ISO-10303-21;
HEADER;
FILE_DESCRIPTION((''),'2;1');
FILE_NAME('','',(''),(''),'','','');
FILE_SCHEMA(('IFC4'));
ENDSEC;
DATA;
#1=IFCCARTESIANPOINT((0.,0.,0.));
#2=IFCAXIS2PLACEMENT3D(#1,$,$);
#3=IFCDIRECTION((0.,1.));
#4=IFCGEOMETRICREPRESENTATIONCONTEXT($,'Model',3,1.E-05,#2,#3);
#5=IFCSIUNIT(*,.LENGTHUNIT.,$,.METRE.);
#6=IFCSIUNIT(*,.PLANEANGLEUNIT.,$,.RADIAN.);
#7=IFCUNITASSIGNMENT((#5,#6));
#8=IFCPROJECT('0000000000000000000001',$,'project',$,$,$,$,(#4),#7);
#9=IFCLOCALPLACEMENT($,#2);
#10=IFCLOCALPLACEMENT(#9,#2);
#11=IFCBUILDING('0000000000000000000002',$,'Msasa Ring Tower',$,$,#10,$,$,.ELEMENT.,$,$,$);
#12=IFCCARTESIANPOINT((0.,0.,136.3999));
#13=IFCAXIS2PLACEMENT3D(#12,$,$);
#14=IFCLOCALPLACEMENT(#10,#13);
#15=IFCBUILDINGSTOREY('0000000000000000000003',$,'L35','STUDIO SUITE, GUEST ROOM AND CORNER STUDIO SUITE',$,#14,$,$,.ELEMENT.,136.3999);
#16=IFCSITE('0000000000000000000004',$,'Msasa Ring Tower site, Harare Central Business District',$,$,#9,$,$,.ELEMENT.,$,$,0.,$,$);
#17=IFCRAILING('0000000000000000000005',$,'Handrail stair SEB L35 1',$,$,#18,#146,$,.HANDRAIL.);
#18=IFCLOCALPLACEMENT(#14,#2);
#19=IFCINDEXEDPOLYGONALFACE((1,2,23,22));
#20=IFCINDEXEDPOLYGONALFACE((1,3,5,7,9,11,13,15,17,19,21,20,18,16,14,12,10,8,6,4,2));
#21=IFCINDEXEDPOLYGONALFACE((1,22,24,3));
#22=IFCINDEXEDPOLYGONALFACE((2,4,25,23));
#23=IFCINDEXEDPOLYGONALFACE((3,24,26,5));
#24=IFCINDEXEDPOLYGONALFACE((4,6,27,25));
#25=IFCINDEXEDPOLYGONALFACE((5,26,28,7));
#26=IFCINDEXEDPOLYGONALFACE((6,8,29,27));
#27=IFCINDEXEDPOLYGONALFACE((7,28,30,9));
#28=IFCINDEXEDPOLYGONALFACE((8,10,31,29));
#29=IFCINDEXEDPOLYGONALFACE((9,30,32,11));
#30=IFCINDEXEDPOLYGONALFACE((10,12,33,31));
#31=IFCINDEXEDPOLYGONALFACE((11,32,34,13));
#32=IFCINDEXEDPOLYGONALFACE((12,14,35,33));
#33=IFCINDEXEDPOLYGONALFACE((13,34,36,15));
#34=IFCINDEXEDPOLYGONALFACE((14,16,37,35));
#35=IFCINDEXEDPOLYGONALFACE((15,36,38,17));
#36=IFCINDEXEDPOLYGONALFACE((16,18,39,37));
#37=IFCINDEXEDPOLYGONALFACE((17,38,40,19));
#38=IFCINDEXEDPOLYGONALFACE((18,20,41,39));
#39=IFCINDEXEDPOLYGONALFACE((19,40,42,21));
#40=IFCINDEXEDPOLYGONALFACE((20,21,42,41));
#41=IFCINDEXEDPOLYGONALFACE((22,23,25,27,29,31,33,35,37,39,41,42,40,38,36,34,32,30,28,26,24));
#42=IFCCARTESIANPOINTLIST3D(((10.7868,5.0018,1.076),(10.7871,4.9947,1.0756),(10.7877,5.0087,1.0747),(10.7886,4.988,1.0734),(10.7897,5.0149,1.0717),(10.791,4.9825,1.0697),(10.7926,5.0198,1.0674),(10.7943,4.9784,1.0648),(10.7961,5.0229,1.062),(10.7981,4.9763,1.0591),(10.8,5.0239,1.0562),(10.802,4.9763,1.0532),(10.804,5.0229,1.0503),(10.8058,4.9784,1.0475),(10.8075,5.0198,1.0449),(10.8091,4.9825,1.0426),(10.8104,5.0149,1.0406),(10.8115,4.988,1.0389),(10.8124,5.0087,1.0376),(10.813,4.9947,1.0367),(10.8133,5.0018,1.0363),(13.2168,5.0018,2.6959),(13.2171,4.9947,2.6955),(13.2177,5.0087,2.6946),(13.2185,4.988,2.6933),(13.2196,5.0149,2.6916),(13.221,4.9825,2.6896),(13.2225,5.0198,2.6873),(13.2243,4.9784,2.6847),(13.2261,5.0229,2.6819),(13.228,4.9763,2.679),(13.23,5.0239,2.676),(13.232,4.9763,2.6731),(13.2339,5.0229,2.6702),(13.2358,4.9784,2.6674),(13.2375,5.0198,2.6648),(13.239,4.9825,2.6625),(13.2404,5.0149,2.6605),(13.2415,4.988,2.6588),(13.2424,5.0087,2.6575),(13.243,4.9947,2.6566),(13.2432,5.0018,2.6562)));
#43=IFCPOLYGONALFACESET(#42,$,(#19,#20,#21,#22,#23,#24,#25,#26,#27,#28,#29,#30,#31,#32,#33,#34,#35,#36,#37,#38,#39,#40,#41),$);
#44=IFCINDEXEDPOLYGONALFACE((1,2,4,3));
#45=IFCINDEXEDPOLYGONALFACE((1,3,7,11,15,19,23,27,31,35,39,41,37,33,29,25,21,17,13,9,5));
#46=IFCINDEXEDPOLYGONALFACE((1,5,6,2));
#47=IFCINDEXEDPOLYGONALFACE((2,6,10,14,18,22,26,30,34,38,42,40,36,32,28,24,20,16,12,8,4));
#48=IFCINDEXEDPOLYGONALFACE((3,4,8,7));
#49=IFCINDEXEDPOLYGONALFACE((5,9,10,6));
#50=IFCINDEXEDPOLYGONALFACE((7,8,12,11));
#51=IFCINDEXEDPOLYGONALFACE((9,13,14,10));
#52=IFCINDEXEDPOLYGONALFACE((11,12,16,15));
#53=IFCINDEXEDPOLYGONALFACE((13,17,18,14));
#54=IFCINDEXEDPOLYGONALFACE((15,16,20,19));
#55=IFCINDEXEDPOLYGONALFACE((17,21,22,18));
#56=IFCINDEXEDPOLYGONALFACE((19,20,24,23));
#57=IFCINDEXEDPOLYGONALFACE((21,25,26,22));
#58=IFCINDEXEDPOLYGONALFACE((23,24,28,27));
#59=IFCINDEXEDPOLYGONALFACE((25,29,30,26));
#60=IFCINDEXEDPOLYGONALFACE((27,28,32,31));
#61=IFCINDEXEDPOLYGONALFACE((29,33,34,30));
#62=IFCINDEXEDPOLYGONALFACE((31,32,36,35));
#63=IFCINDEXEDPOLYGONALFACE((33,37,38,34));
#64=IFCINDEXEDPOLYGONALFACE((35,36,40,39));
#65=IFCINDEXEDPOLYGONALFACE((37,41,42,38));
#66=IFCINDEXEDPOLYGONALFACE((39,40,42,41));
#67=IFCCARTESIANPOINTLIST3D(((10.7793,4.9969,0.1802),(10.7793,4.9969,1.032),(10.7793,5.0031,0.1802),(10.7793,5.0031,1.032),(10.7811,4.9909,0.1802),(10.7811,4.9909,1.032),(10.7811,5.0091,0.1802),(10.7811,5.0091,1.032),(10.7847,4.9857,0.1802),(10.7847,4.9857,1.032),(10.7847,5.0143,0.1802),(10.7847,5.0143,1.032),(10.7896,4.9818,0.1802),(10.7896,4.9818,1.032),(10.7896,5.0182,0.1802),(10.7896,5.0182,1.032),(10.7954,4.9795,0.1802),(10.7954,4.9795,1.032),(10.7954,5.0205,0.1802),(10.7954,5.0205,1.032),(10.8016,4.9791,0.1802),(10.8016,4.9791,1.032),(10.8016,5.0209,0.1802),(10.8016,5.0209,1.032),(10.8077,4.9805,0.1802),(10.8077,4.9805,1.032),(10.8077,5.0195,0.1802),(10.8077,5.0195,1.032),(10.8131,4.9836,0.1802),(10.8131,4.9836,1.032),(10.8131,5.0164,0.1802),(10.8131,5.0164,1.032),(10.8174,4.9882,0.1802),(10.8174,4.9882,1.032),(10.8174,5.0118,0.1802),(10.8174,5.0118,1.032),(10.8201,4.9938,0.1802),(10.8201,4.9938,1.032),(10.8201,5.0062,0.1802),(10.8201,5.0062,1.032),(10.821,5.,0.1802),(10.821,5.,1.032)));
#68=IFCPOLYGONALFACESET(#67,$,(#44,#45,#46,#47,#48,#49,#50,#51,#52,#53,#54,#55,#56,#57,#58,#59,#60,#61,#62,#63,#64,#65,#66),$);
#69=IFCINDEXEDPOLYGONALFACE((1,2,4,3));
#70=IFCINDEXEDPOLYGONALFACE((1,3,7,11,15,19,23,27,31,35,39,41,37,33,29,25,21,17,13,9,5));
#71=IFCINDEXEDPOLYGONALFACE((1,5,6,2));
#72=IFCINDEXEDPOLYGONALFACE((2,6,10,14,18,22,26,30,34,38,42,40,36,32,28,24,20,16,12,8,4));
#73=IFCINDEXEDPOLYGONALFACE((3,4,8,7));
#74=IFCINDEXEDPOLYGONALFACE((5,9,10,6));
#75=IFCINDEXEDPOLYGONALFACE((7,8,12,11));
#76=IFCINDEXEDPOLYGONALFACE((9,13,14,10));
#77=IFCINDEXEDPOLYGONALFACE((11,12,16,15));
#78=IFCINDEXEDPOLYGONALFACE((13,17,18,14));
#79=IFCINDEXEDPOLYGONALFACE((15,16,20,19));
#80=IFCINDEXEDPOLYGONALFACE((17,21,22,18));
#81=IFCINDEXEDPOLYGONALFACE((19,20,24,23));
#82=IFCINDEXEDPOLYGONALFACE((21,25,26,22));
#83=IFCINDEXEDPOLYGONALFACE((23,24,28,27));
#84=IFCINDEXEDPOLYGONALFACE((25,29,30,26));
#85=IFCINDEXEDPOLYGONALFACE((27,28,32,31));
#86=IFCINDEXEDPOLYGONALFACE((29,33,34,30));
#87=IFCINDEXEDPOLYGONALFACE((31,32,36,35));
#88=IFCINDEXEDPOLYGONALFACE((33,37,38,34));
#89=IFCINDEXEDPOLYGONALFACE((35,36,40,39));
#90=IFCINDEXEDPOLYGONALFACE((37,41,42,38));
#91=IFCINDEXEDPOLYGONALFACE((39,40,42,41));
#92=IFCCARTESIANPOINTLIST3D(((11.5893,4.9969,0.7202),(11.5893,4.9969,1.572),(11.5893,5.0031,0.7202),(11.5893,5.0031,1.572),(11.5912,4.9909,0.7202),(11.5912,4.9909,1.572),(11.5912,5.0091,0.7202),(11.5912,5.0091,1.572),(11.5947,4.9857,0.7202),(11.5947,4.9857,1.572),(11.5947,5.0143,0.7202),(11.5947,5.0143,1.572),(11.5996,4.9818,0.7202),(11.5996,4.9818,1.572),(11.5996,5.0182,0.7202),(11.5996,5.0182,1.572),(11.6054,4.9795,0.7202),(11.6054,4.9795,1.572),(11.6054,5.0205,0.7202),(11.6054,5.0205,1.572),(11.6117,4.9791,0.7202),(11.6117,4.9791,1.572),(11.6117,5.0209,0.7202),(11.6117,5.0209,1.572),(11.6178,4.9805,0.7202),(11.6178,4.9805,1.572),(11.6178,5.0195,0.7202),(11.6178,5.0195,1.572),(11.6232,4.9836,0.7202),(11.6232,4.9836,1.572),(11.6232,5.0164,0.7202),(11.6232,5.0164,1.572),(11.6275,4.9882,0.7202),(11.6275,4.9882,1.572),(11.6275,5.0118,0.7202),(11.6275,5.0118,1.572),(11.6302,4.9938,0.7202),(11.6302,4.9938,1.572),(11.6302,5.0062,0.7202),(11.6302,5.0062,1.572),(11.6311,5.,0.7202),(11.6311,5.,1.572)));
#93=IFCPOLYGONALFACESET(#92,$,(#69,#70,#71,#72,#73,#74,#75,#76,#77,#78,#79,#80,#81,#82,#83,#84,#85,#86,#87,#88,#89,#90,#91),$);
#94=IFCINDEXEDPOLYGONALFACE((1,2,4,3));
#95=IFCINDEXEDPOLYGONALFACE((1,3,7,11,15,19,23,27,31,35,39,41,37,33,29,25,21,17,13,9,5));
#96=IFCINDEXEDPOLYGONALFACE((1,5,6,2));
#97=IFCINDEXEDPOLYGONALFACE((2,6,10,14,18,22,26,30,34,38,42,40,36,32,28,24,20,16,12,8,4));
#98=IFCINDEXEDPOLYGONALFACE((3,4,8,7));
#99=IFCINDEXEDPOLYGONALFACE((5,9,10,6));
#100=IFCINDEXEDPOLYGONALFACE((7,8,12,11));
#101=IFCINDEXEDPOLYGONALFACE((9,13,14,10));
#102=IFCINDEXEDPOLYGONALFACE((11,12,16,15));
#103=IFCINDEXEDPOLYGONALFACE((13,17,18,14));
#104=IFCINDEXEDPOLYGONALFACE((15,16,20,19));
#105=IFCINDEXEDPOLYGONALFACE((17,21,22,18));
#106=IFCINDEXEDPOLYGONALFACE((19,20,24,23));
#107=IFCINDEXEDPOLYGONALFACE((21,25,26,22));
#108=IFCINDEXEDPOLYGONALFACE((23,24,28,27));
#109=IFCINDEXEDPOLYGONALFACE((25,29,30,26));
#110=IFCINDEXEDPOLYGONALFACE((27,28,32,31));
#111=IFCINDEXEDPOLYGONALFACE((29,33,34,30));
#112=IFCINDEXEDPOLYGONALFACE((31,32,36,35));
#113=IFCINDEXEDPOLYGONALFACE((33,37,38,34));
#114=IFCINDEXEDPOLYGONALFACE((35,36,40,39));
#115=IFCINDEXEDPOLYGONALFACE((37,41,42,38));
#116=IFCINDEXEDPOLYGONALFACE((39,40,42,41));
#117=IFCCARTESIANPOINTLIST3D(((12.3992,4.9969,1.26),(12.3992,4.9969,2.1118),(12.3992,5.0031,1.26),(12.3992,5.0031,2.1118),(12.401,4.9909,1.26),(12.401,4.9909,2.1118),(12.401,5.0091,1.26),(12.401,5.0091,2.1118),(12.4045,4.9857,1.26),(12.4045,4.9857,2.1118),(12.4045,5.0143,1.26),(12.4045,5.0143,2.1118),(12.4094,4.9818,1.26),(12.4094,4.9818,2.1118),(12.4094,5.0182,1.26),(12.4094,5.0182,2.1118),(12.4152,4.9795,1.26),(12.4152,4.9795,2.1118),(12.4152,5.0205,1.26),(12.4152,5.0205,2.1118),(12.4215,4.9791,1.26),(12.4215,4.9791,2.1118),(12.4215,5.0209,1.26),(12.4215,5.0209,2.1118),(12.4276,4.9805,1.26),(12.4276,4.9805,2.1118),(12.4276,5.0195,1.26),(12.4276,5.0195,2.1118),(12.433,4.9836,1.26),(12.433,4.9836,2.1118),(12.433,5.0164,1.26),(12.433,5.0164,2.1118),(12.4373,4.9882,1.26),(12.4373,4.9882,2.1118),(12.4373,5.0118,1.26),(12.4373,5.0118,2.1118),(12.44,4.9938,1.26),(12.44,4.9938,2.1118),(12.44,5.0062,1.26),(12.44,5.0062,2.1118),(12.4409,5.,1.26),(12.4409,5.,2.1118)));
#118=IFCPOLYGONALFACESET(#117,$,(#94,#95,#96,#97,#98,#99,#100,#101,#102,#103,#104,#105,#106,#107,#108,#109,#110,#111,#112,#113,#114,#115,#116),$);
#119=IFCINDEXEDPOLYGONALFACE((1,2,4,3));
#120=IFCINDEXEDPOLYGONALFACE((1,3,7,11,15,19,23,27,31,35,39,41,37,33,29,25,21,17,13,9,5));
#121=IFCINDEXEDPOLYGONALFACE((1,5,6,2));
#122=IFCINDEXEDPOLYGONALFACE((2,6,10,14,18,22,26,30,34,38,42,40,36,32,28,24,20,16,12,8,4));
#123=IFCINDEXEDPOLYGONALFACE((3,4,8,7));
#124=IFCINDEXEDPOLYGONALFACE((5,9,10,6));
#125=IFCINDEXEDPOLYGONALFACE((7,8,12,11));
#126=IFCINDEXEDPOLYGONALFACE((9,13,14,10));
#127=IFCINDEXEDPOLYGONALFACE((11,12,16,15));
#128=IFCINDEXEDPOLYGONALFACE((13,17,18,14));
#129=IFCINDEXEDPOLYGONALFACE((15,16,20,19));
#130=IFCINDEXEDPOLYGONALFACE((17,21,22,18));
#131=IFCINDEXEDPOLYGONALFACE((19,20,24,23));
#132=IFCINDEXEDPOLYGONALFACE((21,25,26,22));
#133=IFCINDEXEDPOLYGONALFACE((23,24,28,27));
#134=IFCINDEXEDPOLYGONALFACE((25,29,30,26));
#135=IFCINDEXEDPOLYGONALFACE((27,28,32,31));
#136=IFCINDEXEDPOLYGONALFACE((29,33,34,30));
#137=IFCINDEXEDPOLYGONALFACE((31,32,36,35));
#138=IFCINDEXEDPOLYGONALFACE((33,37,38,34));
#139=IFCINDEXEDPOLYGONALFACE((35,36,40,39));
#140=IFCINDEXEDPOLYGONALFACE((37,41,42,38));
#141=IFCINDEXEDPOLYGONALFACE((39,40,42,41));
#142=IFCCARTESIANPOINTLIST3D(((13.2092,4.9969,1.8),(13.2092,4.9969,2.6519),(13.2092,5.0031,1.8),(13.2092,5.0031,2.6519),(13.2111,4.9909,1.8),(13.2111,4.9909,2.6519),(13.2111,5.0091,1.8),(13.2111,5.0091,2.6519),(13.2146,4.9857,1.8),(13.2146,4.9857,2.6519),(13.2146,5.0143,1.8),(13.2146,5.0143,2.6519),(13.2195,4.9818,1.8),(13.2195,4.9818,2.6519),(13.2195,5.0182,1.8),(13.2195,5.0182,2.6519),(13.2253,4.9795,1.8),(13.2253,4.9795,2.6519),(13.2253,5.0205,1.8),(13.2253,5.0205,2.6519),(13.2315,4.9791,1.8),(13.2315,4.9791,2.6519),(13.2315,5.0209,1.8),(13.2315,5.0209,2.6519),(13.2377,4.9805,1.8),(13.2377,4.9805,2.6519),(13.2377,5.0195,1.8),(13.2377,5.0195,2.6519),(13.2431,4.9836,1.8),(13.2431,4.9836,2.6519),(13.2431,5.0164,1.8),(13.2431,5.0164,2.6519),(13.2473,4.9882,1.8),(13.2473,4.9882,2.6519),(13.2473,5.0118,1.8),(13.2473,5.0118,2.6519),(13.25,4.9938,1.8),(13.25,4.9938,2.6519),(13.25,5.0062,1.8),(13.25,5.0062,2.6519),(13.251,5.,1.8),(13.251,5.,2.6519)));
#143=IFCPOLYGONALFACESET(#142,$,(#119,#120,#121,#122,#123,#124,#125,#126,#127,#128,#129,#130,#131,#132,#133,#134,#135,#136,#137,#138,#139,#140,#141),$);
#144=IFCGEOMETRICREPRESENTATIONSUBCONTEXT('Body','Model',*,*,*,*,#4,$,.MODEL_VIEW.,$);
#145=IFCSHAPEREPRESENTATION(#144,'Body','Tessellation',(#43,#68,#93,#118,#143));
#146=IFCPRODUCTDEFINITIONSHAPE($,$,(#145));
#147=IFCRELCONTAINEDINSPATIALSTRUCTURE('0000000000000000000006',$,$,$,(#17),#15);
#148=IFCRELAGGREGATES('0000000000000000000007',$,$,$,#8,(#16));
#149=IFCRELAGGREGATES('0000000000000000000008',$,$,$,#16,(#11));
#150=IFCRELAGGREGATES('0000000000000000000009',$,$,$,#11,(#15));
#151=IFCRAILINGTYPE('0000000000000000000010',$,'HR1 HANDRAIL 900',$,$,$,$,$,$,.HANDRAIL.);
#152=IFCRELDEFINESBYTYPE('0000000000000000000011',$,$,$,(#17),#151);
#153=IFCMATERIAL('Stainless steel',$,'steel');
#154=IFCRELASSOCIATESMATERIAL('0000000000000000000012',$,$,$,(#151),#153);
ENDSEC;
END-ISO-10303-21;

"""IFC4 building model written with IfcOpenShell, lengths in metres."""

from ifc_helpers import new_model, si_unit, direction, frame, origin, origin_2d, place, context, subcontext, project, spatial, circle, extrude, material, type_object, element, save


model = new_model("IFC4")

# Units and contexts
model_context = context("Model", 3, precision=1e-05, world=origin(), true_north=direction((0.0, 1.0)))
body_context = subcontext(model_context, "Body", "Model", "MODEL_VIEW")
ifc_project = project(units=[si_unit("LENGTHUNIT", "METRE"), si_unit("PLANEANGLEUNIT", "RADIAN")], contexts=[model_context])

# Site, building, storey
site_placement = place(None, origin())
site = spatial("IfcSite", under=ifc_project, at=site_placement, Name="Msasa Ring Tower site, Harare Central Business District", CompositionType="ELEMENT", RefElevation=0.0)
building_placement = place(site_placement, origin())
building = spatial("IfcBuilding", under=site, at=building_placement, Name="Msasa Ring Tower", CompositionType="ELEMENT")
storey_placement = place(building_placement, frame((0.0, 0.0, 136.3999)))
storey = spatial("IfcBuildingStorey", under=building, at=storey_placement, Name="L35", Description="STUDIO SUITE, GUEST ROOM AND CORNER STUDIO SUITE", CompositionType="ELEMENT", Elevation=136.3999)

# Railing
ifc_material_1 = material(Name="Stainless steel", Category="steel")
railing_type = type_object("IfcRailingType", Name="HR1 HANDRAIL 900", PredefinedType="HANDRAIL", material=ifc_material_1)
for number, where, name in (
    (1, (10.8, 5.0, 0.1802), "Handrail stair SEB L35 1"),
):
    element("IfcRailing", number, at=place(storey_placement, frame(where)), inside=storey, type_object=railing_type, Name=name, PredefinedType="HANDRAIL", context=body_context, shape_type="SweptSolid", body=[
        extrude(circle(Radius=0.0239, at=origin_2d()), frame((0.0, 0.0, 0.876), z_axis=(0.832063, 0.0, 0.554681), x_axis=(0.0, 1.0, 0.0)), (0.0, 0.0, 1.0), 2.9204),
        extrude(circle(Radius=0.021, at=origin_2d()), origin(), (0.0, 0.0, 1.0), 0.8518),
        extrude(circle(Radius=0.021, at=origin_2d()), frame((0.8101, 0.0, 0.54)), (0.0, 0.0, 1.0), 0.8518),
        extrude(circle(Radius=0.021, at=origin_2d()), frame((1.6199, 0.0, 1.0798)), (0.0, 0.0, 1.0), 0.8518),
        extrude(circle(Radius=0.021, at=origin_2d()), frame((2.4299, 0.0, 1.6199)), (0.0, 0.0, 1.0), 0.8518),
    ])

save(model, "model.ifc")
